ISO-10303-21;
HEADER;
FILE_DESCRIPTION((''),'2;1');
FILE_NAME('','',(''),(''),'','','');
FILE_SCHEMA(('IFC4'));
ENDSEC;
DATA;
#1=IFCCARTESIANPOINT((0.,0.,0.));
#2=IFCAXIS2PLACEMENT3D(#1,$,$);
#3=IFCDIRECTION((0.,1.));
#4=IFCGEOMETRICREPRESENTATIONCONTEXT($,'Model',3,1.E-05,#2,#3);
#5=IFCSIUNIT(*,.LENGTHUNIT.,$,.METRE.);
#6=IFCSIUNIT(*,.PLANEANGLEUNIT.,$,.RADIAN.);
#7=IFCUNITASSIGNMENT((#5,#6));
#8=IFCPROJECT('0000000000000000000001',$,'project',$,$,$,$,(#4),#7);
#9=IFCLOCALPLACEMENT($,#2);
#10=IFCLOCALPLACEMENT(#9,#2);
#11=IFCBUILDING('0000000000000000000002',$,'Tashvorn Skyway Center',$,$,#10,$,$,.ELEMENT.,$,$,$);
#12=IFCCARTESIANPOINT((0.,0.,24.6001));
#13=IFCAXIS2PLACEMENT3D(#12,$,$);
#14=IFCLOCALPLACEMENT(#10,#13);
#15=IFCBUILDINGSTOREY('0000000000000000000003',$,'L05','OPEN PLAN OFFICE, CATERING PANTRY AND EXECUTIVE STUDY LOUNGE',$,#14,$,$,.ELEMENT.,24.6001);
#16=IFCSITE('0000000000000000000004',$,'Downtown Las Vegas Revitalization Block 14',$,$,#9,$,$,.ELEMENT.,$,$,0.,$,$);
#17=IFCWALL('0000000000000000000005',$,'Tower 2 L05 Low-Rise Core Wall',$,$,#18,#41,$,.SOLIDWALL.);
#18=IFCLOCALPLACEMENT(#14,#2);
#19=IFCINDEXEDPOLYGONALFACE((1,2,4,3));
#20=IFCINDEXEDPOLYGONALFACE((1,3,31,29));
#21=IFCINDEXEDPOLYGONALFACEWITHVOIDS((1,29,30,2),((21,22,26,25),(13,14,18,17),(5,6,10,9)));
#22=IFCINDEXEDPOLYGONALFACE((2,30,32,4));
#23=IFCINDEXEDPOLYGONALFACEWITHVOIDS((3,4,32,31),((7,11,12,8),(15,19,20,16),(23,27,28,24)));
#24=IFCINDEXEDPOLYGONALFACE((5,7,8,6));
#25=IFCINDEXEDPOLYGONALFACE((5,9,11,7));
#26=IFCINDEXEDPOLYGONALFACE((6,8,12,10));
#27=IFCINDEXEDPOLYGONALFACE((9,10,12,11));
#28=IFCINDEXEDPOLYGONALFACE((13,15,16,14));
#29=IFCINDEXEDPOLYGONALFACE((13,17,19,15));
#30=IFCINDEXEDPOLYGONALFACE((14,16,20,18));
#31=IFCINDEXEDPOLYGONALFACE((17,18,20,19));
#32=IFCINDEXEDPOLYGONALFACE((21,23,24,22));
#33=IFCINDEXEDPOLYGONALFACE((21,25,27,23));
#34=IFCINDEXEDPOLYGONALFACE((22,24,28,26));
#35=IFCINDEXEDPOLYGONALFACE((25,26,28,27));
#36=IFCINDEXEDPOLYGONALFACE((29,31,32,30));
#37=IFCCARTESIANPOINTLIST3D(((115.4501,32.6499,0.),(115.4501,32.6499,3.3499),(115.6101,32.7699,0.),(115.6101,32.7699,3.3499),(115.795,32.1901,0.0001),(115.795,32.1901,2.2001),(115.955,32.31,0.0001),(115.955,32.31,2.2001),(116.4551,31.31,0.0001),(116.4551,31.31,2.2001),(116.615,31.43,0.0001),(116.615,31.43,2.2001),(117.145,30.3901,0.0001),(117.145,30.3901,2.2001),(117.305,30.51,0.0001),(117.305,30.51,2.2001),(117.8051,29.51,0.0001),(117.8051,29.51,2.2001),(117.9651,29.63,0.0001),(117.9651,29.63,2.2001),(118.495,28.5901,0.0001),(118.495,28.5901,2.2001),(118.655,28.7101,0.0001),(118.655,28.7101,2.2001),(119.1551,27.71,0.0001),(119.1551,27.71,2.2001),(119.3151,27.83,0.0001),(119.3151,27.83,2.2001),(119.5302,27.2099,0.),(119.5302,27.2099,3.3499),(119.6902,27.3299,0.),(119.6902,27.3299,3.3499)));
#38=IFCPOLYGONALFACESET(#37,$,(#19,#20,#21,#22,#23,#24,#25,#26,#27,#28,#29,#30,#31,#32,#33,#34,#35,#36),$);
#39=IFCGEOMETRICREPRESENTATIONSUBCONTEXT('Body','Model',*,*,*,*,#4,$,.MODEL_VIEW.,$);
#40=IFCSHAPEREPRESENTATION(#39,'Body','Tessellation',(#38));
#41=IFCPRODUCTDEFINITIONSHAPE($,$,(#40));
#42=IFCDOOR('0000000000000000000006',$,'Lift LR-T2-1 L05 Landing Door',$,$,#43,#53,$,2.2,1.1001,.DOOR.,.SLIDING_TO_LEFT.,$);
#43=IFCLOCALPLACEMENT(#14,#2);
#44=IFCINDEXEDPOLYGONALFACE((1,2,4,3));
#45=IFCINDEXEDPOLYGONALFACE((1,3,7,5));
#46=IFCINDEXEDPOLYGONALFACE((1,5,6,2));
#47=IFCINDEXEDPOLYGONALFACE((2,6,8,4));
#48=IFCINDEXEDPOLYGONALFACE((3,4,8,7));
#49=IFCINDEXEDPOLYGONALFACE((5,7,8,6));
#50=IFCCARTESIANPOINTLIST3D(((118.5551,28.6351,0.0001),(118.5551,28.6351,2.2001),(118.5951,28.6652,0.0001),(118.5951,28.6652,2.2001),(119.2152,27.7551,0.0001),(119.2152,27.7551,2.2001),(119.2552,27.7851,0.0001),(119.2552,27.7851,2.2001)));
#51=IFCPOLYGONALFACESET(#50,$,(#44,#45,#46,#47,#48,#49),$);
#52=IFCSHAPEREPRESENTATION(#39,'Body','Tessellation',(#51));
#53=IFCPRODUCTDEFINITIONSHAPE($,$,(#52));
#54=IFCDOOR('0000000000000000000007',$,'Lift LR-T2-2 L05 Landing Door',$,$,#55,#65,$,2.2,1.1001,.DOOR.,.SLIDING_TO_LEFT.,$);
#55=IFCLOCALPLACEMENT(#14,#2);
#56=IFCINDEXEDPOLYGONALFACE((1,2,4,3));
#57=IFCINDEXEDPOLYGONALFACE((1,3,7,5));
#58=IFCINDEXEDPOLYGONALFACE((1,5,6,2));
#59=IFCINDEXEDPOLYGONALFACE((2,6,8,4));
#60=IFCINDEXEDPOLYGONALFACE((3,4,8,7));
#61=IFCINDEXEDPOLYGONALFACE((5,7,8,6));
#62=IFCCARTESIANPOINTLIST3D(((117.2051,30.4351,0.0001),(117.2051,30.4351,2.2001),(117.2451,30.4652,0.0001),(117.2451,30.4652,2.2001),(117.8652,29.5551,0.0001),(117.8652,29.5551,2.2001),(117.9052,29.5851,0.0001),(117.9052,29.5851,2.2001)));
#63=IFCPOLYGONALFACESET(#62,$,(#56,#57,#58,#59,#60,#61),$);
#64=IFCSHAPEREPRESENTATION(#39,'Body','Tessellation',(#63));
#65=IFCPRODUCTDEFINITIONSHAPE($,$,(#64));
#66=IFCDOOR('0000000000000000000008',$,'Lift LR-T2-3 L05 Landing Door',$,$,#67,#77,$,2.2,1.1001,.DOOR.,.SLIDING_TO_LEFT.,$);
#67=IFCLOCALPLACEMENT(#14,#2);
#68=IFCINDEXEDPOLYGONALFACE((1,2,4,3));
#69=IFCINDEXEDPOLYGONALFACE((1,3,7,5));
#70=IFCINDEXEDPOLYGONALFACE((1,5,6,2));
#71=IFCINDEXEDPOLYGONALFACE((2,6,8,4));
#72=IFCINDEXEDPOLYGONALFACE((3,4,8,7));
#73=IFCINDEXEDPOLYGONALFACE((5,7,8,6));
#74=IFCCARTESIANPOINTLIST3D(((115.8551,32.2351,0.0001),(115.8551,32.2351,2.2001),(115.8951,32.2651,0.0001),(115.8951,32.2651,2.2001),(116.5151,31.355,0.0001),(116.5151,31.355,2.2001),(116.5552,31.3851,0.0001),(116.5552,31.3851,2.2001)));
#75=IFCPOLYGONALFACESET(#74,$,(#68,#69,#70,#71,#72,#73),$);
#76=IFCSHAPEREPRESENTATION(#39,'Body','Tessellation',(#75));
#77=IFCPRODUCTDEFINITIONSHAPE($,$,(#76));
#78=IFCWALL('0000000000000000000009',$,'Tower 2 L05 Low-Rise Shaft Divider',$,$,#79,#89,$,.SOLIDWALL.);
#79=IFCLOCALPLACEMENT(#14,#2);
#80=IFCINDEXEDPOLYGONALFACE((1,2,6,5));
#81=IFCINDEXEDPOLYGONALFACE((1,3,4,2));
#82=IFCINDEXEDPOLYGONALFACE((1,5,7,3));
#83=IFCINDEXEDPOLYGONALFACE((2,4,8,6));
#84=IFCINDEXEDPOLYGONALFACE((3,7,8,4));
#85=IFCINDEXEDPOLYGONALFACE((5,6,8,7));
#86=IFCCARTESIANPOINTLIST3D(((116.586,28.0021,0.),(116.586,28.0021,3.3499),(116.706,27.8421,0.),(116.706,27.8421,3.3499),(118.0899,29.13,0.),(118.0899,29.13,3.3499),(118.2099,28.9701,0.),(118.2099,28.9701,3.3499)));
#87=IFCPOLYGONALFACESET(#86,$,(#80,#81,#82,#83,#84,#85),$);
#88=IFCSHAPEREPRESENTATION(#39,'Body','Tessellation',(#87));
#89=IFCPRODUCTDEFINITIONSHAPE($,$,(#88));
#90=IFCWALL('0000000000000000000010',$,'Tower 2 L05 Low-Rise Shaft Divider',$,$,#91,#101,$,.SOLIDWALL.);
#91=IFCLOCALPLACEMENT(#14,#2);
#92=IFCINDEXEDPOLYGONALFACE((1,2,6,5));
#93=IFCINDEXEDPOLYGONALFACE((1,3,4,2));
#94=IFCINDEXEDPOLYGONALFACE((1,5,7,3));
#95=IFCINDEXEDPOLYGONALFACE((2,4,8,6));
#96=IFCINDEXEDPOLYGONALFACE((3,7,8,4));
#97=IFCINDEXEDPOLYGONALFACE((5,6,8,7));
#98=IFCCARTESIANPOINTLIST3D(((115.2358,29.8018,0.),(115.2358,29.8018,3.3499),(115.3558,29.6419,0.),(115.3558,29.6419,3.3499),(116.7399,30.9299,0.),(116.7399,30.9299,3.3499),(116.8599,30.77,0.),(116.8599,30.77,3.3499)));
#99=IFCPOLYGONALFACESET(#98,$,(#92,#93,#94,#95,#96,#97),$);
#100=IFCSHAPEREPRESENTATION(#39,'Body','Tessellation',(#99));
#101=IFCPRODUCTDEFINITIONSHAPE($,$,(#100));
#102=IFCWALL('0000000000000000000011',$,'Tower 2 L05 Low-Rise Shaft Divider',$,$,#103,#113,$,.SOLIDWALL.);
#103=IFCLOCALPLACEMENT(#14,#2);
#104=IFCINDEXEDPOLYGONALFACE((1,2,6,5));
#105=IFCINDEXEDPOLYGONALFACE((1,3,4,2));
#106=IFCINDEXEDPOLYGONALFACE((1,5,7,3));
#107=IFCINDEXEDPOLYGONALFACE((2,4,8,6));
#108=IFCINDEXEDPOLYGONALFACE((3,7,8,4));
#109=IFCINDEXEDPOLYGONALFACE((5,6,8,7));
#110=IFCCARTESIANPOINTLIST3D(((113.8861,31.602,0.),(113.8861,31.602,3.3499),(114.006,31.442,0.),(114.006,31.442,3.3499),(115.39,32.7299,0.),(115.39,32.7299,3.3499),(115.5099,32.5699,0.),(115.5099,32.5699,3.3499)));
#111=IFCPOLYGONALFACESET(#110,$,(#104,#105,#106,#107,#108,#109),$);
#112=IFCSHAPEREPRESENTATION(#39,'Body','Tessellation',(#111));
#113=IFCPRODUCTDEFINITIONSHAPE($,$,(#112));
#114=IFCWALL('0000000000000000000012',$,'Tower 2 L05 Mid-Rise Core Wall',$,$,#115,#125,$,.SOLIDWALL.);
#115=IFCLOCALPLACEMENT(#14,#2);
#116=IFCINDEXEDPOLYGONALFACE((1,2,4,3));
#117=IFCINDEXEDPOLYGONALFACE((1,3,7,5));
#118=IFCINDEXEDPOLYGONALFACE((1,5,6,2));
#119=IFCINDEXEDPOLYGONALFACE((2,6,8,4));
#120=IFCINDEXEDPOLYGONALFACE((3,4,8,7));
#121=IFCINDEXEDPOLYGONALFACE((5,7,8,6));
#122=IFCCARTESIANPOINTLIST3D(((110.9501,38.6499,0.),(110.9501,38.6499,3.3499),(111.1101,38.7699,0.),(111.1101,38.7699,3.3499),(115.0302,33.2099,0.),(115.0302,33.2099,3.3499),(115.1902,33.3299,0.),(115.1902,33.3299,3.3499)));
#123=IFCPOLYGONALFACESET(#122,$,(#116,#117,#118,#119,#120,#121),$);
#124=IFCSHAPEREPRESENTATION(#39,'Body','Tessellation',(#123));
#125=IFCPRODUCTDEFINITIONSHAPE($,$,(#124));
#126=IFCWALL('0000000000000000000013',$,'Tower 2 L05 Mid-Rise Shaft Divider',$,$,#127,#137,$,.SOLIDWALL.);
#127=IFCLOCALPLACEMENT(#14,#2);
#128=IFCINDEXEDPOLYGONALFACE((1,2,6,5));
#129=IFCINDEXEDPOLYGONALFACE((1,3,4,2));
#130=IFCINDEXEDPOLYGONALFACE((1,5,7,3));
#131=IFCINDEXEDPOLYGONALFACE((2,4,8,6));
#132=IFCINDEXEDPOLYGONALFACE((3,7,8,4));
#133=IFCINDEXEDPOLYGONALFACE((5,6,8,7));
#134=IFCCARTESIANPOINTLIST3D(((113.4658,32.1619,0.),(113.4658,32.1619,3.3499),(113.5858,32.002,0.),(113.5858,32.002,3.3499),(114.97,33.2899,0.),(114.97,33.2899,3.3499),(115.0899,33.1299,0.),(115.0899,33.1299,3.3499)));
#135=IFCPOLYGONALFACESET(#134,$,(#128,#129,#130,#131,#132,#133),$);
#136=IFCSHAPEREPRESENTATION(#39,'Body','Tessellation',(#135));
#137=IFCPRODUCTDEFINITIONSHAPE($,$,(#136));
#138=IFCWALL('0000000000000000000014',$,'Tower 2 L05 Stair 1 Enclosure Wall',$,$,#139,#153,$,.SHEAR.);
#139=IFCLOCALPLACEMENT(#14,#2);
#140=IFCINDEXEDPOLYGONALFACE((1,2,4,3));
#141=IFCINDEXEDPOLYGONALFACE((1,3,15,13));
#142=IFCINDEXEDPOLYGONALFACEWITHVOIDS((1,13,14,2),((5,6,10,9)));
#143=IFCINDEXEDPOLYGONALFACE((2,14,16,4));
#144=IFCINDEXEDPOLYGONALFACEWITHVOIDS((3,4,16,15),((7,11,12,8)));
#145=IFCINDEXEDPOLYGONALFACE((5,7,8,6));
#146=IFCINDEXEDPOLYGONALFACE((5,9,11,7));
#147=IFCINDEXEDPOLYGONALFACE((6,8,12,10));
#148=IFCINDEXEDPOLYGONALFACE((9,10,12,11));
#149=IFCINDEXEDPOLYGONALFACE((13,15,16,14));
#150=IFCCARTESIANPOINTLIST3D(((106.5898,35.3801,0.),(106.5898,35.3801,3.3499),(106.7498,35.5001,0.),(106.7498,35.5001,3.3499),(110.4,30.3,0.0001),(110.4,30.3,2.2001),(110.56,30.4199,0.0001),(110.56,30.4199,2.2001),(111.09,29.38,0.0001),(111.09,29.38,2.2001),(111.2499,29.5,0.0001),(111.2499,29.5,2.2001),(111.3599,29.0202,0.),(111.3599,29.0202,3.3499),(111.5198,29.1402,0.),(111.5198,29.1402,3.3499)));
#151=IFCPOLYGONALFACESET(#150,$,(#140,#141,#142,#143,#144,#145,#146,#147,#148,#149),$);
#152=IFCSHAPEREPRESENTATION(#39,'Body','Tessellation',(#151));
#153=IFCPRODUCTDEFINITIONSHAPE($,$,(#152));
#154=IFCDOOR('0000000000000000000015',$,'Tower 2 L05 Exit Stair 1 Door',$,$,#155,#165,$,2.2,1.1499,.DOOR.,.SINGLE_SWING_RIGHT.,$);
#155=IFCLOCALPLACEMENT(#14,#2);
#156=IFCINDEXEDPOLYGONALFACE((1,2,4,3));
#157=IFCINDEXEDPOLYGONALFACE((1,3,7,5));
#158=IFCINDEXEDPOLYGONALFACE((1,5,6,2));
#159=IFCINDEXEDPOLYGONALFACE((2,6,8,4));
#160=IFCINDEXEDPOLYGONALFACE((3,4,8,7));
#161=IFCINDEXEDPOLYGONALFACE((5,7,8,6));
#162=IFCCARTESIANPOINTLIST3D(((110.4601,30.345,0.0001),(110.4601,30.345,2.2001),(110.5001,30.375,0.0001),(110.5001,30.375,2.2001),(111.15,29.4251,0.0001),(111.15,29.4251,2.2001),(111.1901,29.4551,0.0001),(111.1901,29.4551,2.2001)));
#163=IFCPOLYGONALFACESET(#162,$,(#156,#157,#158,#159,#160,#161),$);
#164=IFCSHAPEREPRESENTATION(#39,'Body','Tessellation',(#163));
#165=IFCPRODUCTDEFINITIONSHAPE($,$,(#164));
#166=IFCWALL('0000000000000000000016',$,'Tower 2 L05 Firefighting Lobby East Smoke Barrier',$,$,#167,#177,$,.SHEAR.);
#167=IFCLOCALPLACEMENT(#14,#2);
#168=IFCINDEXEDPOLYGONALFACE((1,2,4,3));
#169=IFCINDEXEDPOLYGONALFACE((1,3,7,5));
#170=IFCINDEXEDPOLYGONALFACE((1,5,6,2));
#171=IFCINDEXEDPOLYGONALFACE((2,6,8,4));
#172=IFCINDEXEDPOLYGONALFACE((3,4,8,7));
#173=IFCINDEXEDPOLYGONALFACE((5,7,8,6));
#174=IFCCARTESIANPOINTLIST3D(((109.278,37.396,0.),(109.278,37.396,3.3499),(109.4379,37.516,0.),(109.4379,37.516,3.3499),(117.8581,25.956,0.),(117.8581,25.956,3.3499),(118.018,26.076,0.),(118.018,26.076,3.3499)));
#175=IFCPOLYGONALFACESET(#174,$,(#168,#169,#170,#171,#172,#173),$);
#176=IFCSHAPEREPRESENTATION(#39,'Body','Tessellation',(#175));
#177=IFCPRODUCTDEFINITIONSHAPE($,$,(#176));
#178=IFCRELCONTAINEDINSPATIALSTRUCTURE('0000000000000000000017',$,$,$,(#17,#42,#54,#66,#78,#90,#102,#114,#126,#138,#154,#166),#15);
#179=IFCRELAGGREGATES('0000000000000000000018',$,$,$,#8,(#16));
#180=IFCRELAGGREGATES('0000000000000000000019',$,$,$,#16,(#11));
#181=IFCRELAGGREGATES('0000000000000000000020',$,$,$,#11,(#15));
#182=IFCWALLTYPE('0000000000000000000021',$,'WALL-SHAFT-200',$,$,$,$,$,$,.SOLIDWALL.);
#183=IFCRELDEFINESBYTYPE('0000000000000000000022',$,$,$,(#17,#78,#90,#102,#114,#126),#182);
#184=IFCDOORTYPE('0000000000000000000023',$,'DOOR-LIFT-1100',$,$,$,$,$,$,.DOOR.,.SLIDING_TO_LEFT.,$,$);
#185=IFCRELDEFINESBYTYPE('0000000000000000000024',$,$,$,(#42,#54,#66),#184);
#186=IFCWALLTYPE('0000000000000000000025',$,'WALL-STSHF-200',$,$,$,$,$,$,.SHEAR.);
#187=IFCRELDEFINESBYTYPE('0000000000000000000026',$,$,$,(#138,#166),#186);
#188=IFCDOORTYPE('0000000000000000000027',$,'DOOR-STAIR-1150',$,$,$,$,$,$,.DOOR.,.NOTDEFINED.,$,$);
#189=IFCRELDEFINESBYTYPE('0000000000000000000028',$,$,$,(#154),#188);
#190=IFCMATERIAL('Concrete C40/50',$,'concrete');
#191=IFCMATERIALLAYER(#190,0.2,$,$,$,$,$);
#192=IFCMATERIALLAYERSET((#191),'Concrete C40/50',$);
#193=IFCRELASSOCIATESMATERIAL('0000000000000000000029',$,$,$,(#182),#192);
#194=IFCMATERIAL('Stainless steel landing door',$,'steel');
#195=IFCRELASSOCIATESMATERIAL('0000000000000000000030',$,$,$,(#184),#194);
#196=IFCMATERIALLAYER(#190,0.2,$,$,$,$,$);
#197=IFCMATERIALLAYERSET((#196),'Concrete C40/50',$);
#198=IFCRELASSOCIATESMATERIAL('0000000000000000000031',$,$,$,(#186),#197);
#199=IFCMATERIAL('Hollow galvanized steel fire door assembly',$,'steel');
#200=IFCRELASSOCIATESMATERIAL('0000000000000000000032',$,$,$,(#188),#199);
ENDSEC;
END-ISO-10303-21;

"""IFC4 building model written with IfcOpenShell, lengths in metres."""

from ifc_helpers import new_model, si_unit, direction, frame, frame_2d, origin, place, context, subcontext, project, spatial, rectangle, extrude, material, layer, layer_set, type_object, element, fill, save


model = new_model("IFC4")

# Units and contexts
model_context = context("Model", 3, precision=1e-05, world=origin(), true_north=direction((0.0, 1.0)))
body_context = subcontext(model_context, "Body", "Model", "MODEL_VIEW")
ifc_project = project(units=[si_unit("LENGTHUNIT", "METRE"), si_unit("PLANEANGLEUNIT", "RADIAN")], contexts=[model_context])

# Site, building, storey
site_placement = place(None, origin())
site = spatial("IfcSite", under=ifc_project, at=site_placement, Name="Downtown Las Vegas Revitalization Block 14", CompositionType="ELEMENT", RefElevation=0.0)
building_placement = place(site_placement, origin())
building = spatial("IfcBuilding", under=site, at=building_placement, Name="Tashvorn Skyway Center", CompositionType="ELEMENT")
storey_placement = place(building_placement, frame((0.0, 0.0, 24.6001)))
storey = spatial("IfcBuildingStorey", under=building, at=storey_placement, Name="L05", Description="OPEN PLAN OFFICE, CATERING PANTRY AND EXECUTIVE STUDY LOUNGE", CompositionType="ELEMENT", Elevation=24.6001)

# Shared definitions
ifc_material_1 = material(Name="Concrete C40/50", Category="concrete")
ifc_material_2 = material(Name="Hollow galvanized steel fire door assembly", Category="steel")

# Shared definitions
ifc_layer_1 = layer(ifc_material_1, 0.2)
ifc_layer_set_1 = layer_set([ifc_layer_1], Name="Concrete C40/50")
wall_type_1 = type_object("IfcWallType", Name="WALL-SHAFT-200", PredefinedType="SOLIDWALL", material=ifc_layer_set_1)

# Wall, openings, doors
wall_1_placement = place(storey_placement, frame((119.6101, 27.27, 0.0), z_axis=(0.0, 0.0, 1.0), x_axis=(-0.600011, 0.799991, 0.0)))
wall_1 = element("IfcWall", 1, at=wall_1_placement, inside=storey, type_object=wall_type_1, Name="Tower 2 L05 Low-Rise Core Wall", PredefinedType="SOLIDWALL", context=body_context, shape_type="SweptSolid", body=[
    extrude(rectangle(XDim=6.8, YDim=0.2, at=frame_2d((3.3999, 0.0))), origin(), (0.0, 0.0, 1.0), 3.3499),
])
opening_1_placement = place(wall_1_placement, frame((0.625, 0.0, 0.0)))
opening_1 = element("IfcOpeningElement", 2, at=opening_1_placement, cuts=wall_1, PredefinedType="OPENING", context=body_context, shape_type="SweptSolid", body=[
    extrude(rectangle(XDim=1.1001, YDim=2.2, at=frame_2d((0.55, 1.1001))), frame((0.0, 0.1099, 0.0), z_axis=(0.0, -1.0, 0.0), x_axis=(1.0, 0.0, 0.0)), (0.0, 0.0, 1.0), 0.22),
])
opening_2_placement = place(wall_1_placement, frame((2.875, 0.0, 0.0)))
opening_2 = element("IfcOpeningElement", 3, at=opening_2_placement, cuts=wall_1, PredefinedType="OPENING", context=body_context, shape_type="SweptSolid", body=[
    extrude(rectangle(XDim=1.1001, YDim=2.2, at=frame_2d((0.55, 1.1001))), frame((0.0, 0.1099, 0.0), z_axis=(0.0, -1.0, 0.0), x_axis=(1.0, 0.0, 0.0)), (0.0, 0.0, 1.0), 0.22),
])
opening_3_placement = place(wall_1_placement, frame((5.125, 0.0, 0.0)))
opening_3 = element("IfcOpeningElement", 4, at=opening_3_placement, cuts=wall_1, PredefinedType="OPENING", context=body_context, shape_type="SweptSolid", body=[
    extrude(rectangle(XDim=1.1001, YDim=2.2, at=frame_2d((0.55, 1.1001))), frame((0.0, 0.1099, 0.0), z_axis=(0.0, -1.0, 0.0), x_axis=(1.0, 0.0, 0.0)), (0.0, 0.0, 1.0), 0.22),
])
ifc_material_3 = material(Name="Stainless steel landing door", Category="steel")
door_type_1 = type_object("IfcDoorType", Name="DOOR-LIFT-1100", OperationType="SLIDING_TO_LEFT", PredefinedType="DOOR", material=ifc_material_3)
door_1_placement = place(opening_1_placement, origin())
door_1 = element("IfcDoor", 5, at=door_1_placement, inside=storey, type_object=door_type_1, Name="Lift LR-T2-1 L05 Landing Door", OperationType="SLIDING_TO_LEFT", OverallHeight=2.2, OverallWidth=1.1001, PredefinedType="DOOR", context=body_context, shape_type="SweptSolid", body=[
    extrude(rectangle(XDim=1.1001, YDim=2.2, at=frame_2d((0.55, 1.1001))), frame((0.0, 0.0249, 0.0), z_axis=(0.0, -1.0, 0.0), x_axis=(1.0, 0.0, 0.0)), (0.0, 0.0, 1.0), 0.05),
])
fill(opening_1, door_1)
door_2_placement = place(opening_2_placement, origin())
door_2 = element("IfcDoor", 6, at=door_2_placement, inside=storey, type_object=door_type_1, Name="Lift LR-T2-2 L05 Landing Door", OperationType="SLIDING_TO_LEFT", OverallHeight=2.2, OverallWidth=1.1001, PredefinedType="DOOR", context=body_context, shape_type="SweptSolid", body=[
    extrude(rectangle(XDim=1.1001, YDim=2.2, at=frame_2d((0.55, 1.1001))), frame((0.0, 0.0249, 0.0), z_axis=(0.0, -1.0, 0.0), x_axis=(1.0, 0.0, 0.0)), (0.0, 0.0, 1.0), 0.05),
])
fill(opening_2, door_2)
door_3_placement = place(opening_3_placement, origin())
door_3 = element("IfcDoor", 7, at=door_3_placement, inside=storey, type_object=door_type_1, Name="Lift LR-T2-3 L05 Landing Door", OperationType="SLIDING_TO_LEFT", OverallHeight=2.2, OverallWidth=1.1001, PredefinedType="DOOR", context=body_context, shape_type="SweptSolid", body=[
    extrude(rectangle(XDim=1.1001, YDim=2.2, at=frame_2d((0.55, 1.1001))), frame((0.0, 0.0249, 0.0), z_axis=(0.0, -1.0, 0.0), x_axis=(1.0, 0.0, 0.0)), (0.0, 0.0, 1.0), 0.05),
])
fill(opening_3, door_3)

# Walls
wall_2_placement = place(storey_placement, frame((116.646, 27.9221, 0.0), z_axis=(0.0, 0.0, 1.0), x_axis=(0.8, 0.6, 0.0)))
element("IfcWall", 8, at=wall_2_placement, inside=storey, type_object=wall_type_1, Name="Tower 2 L05 Low-Rise Shaft Divider", PredefinedType="SOLIDWALL", context=body_context, shape_type="SweptSolid", body=[
    extrude(rectangle(XDim=1.8799, YDim=0.2, at=frame_2d((0.9399, 0.0))), origin(), (0.0, 0.0, 1.0), 3.3499),
])
wall_3_placement = place(storey_placement, frame((115.2959, 29.7219, 0.0), z_axis=(0.0, 0.0, 1.0), x_axis=(0.799984, 0.600021, 0.0)))
element("IfcWall", 9, at=wall_3_placement, inside=storey, type_object=wall_type_1, Name="Tower 2 L05 Low-Rise Shaft Divider", PredefinedType="SOLIDWALL", context=body_context, shape_type="SweptSolid", body=[
    extrude(rectangle(XDim=1.8801, YDim=0.2, at=frame_2d((0.9399, 0.0))), origin(), (0.0, 0.0, 1.0), 3.3499),
])
wall_4_placement = place(storey_placement, frame((113.946, 31.522, 0.0), z_axis=(0.0, 0.0, 1.0), x_axis=(0.8, 0.6, 0.0)))
element("IfcWall", 10, at=wall_4_placement, inside=storey, type_object=wall_type_1, Name="Tower 2 L05 Low-Rise Shaft Divider", PredefinedType="SOLIDWALL", context=body_context, shape_type="SweptSolid", body=[
    extrude(rectangle(XDim=1.8799, YDim=0.2, at=frame_2d((0.9399, 0.0))), origin(), (0.0, 0.0, 1.0), 3.3499),
])
wall_5_placement = place(storey_placement, frame((115.1101, 33.27, 0.0), z_axis=(0.0, 0.0, 1.0), x_axis=(-0.600011, 0.799991, 0.0)))
element("IfcWall", 11, at=wall_5_placement, inside=storey, type_object=wall_type_1, Name="Tower 2 L05 Mid-Rise Core Wall", PredefinedType="SOLIDWALL", context=body_context, shape_type="SweptSolid", body=[
    extrude(rectangle(XDim=6.8, YDim=0.2, at=frame_2d((3.3999, 0.0))), origin(), (0.0, 0.0, 1.0), 3.3499),
])
wall_6_placement = place(storey_placement, frame((113.5259, 32.082, 0.0), z_axis=(0.0, 0.0, 1.0), x_axis=(0.800047, 0.599938, 0.0)))
element("IfcWall", 12, at=wall_6_placement, inside=storey, type_object=wall_type_1, Name="Tower 2 L05 Mid-Rise Shaft Divider", PredefinedType="SOLIDWALL", context=body_context, shape_type="SweptSolid", body=[
    extrude(rectangle(XDim=1.8801, YDim=0.2, at=frame_2d((0.9399, 0.0))), origin(), (0.0, 0.0, 1.0), 3.3499),
])

# Wall, opening, door
ifc_layer_2 = layer(ifc_material_1, 0.2)
ifc_layer_set_2 = layer_set([ifc_layer_2], Name="Concrete C40/50")
wall_type_2 = type_object("IfcWallType", Name="WALL-STSHF-200", PredefinedType="SHEAR", material=ifc_layer_set_2)
wall_7_placement = place(storey_placement, frame((111.4399, 29.0801, 0.0), z_axis=(0.0, 0.0, 1.0), x_axis=(-0.60001, 0.799993, 0.0)))
wall_7 = element("IfcWall", 13, at=wall_7_placement, inside=storey, type_object=wall_type_2, Name="Tower 2 L05 Stair 1 Enclosure Wall", PredefinedType="SHEAR", context=body_context, shape_type="SweptSolid", body=[
    extrude(rectangle(XDim=7.95, YDim=0.2, at=frame_2d((3.9751, 0.0))), origin(), (0.0, 0.0, 1.0), 3.3499),
])
opening_4_placement = place(wall_7_placement, frame((0.45, 0.0, 0.0)))
opening_4 = element("IfcOpeningElement", 14, at=opening_4_placement, cuts=wall_7, PredefinedType="OPENING", context=body_context, shape_type="SweptSolid", body=[
    extrude(rectangle(XDim=1.1499, YDim=2.2, at=frame_2d((0.575, 1.1001))), frame((0.0, 0.1099, 0.0), z_axis=(0.0, -1.0, 0.0), x_axis=(1.0, 0.0, 0.0)), (0.0, 0.0, 1.0), 0.22),
])
door_type_2 = type_object("IfcDoorType", Name="DOOR-STAIR-1150", OperationType="NOTDEFINED", PredefinedType="DOOR", material=ifc_material_2)
door_4_placement = place(opening_4_placement, origin())
door_4 = element("IfcDoor", 15, at=door_4_placement, inside=storey, type_object=door_type_2, Name="Tower 2 L05 Exit Stair 1 Door", OperationType="SINGLE_SWING_RIGHT", OverallHeight=2.2, OverallWidth=1.1499, PredefinedType="DOOR", context=body_context, shape_type="SweptSolid", body=[
    extrude(rectangle(XDim=1.1499, YDim=2.2, at=frame_2d((0.575, 1.1001))), frame((0.0, 0.0249, 0.0), z_axis=(0.0, -1.0, 0.0), x_axis=(1.0, 0.0, 0.0)), (0.0, 0.0, 1.0), 0.05),
])
fill(opening_4, door_4)

# Wall
wall_8_placement = place(storey_placement, frame((117.938, 26.0161, 0.0), z_axis=(0.0, 0.0, 1.0), x_axis=(-0.600005, 0.799996, 0.0)))
element("IfcWall", 16, at=wall_8_placement, inside=storey, type_object=wall_type_2, Name="Tower 2 L05 Firefighting Lobby East Smoke Barrier", PredefinedType="SHEAR", context=body_context, shape_type="SweptSolid", body=[
    extrude(rectangle(XDim=14.3, YDim=0.2, at=frame_2d((7.1499, 0.0))), origin(), (0.0, 0.0, 1.0), 3.3499),
])

save(model, "model.ifc")
